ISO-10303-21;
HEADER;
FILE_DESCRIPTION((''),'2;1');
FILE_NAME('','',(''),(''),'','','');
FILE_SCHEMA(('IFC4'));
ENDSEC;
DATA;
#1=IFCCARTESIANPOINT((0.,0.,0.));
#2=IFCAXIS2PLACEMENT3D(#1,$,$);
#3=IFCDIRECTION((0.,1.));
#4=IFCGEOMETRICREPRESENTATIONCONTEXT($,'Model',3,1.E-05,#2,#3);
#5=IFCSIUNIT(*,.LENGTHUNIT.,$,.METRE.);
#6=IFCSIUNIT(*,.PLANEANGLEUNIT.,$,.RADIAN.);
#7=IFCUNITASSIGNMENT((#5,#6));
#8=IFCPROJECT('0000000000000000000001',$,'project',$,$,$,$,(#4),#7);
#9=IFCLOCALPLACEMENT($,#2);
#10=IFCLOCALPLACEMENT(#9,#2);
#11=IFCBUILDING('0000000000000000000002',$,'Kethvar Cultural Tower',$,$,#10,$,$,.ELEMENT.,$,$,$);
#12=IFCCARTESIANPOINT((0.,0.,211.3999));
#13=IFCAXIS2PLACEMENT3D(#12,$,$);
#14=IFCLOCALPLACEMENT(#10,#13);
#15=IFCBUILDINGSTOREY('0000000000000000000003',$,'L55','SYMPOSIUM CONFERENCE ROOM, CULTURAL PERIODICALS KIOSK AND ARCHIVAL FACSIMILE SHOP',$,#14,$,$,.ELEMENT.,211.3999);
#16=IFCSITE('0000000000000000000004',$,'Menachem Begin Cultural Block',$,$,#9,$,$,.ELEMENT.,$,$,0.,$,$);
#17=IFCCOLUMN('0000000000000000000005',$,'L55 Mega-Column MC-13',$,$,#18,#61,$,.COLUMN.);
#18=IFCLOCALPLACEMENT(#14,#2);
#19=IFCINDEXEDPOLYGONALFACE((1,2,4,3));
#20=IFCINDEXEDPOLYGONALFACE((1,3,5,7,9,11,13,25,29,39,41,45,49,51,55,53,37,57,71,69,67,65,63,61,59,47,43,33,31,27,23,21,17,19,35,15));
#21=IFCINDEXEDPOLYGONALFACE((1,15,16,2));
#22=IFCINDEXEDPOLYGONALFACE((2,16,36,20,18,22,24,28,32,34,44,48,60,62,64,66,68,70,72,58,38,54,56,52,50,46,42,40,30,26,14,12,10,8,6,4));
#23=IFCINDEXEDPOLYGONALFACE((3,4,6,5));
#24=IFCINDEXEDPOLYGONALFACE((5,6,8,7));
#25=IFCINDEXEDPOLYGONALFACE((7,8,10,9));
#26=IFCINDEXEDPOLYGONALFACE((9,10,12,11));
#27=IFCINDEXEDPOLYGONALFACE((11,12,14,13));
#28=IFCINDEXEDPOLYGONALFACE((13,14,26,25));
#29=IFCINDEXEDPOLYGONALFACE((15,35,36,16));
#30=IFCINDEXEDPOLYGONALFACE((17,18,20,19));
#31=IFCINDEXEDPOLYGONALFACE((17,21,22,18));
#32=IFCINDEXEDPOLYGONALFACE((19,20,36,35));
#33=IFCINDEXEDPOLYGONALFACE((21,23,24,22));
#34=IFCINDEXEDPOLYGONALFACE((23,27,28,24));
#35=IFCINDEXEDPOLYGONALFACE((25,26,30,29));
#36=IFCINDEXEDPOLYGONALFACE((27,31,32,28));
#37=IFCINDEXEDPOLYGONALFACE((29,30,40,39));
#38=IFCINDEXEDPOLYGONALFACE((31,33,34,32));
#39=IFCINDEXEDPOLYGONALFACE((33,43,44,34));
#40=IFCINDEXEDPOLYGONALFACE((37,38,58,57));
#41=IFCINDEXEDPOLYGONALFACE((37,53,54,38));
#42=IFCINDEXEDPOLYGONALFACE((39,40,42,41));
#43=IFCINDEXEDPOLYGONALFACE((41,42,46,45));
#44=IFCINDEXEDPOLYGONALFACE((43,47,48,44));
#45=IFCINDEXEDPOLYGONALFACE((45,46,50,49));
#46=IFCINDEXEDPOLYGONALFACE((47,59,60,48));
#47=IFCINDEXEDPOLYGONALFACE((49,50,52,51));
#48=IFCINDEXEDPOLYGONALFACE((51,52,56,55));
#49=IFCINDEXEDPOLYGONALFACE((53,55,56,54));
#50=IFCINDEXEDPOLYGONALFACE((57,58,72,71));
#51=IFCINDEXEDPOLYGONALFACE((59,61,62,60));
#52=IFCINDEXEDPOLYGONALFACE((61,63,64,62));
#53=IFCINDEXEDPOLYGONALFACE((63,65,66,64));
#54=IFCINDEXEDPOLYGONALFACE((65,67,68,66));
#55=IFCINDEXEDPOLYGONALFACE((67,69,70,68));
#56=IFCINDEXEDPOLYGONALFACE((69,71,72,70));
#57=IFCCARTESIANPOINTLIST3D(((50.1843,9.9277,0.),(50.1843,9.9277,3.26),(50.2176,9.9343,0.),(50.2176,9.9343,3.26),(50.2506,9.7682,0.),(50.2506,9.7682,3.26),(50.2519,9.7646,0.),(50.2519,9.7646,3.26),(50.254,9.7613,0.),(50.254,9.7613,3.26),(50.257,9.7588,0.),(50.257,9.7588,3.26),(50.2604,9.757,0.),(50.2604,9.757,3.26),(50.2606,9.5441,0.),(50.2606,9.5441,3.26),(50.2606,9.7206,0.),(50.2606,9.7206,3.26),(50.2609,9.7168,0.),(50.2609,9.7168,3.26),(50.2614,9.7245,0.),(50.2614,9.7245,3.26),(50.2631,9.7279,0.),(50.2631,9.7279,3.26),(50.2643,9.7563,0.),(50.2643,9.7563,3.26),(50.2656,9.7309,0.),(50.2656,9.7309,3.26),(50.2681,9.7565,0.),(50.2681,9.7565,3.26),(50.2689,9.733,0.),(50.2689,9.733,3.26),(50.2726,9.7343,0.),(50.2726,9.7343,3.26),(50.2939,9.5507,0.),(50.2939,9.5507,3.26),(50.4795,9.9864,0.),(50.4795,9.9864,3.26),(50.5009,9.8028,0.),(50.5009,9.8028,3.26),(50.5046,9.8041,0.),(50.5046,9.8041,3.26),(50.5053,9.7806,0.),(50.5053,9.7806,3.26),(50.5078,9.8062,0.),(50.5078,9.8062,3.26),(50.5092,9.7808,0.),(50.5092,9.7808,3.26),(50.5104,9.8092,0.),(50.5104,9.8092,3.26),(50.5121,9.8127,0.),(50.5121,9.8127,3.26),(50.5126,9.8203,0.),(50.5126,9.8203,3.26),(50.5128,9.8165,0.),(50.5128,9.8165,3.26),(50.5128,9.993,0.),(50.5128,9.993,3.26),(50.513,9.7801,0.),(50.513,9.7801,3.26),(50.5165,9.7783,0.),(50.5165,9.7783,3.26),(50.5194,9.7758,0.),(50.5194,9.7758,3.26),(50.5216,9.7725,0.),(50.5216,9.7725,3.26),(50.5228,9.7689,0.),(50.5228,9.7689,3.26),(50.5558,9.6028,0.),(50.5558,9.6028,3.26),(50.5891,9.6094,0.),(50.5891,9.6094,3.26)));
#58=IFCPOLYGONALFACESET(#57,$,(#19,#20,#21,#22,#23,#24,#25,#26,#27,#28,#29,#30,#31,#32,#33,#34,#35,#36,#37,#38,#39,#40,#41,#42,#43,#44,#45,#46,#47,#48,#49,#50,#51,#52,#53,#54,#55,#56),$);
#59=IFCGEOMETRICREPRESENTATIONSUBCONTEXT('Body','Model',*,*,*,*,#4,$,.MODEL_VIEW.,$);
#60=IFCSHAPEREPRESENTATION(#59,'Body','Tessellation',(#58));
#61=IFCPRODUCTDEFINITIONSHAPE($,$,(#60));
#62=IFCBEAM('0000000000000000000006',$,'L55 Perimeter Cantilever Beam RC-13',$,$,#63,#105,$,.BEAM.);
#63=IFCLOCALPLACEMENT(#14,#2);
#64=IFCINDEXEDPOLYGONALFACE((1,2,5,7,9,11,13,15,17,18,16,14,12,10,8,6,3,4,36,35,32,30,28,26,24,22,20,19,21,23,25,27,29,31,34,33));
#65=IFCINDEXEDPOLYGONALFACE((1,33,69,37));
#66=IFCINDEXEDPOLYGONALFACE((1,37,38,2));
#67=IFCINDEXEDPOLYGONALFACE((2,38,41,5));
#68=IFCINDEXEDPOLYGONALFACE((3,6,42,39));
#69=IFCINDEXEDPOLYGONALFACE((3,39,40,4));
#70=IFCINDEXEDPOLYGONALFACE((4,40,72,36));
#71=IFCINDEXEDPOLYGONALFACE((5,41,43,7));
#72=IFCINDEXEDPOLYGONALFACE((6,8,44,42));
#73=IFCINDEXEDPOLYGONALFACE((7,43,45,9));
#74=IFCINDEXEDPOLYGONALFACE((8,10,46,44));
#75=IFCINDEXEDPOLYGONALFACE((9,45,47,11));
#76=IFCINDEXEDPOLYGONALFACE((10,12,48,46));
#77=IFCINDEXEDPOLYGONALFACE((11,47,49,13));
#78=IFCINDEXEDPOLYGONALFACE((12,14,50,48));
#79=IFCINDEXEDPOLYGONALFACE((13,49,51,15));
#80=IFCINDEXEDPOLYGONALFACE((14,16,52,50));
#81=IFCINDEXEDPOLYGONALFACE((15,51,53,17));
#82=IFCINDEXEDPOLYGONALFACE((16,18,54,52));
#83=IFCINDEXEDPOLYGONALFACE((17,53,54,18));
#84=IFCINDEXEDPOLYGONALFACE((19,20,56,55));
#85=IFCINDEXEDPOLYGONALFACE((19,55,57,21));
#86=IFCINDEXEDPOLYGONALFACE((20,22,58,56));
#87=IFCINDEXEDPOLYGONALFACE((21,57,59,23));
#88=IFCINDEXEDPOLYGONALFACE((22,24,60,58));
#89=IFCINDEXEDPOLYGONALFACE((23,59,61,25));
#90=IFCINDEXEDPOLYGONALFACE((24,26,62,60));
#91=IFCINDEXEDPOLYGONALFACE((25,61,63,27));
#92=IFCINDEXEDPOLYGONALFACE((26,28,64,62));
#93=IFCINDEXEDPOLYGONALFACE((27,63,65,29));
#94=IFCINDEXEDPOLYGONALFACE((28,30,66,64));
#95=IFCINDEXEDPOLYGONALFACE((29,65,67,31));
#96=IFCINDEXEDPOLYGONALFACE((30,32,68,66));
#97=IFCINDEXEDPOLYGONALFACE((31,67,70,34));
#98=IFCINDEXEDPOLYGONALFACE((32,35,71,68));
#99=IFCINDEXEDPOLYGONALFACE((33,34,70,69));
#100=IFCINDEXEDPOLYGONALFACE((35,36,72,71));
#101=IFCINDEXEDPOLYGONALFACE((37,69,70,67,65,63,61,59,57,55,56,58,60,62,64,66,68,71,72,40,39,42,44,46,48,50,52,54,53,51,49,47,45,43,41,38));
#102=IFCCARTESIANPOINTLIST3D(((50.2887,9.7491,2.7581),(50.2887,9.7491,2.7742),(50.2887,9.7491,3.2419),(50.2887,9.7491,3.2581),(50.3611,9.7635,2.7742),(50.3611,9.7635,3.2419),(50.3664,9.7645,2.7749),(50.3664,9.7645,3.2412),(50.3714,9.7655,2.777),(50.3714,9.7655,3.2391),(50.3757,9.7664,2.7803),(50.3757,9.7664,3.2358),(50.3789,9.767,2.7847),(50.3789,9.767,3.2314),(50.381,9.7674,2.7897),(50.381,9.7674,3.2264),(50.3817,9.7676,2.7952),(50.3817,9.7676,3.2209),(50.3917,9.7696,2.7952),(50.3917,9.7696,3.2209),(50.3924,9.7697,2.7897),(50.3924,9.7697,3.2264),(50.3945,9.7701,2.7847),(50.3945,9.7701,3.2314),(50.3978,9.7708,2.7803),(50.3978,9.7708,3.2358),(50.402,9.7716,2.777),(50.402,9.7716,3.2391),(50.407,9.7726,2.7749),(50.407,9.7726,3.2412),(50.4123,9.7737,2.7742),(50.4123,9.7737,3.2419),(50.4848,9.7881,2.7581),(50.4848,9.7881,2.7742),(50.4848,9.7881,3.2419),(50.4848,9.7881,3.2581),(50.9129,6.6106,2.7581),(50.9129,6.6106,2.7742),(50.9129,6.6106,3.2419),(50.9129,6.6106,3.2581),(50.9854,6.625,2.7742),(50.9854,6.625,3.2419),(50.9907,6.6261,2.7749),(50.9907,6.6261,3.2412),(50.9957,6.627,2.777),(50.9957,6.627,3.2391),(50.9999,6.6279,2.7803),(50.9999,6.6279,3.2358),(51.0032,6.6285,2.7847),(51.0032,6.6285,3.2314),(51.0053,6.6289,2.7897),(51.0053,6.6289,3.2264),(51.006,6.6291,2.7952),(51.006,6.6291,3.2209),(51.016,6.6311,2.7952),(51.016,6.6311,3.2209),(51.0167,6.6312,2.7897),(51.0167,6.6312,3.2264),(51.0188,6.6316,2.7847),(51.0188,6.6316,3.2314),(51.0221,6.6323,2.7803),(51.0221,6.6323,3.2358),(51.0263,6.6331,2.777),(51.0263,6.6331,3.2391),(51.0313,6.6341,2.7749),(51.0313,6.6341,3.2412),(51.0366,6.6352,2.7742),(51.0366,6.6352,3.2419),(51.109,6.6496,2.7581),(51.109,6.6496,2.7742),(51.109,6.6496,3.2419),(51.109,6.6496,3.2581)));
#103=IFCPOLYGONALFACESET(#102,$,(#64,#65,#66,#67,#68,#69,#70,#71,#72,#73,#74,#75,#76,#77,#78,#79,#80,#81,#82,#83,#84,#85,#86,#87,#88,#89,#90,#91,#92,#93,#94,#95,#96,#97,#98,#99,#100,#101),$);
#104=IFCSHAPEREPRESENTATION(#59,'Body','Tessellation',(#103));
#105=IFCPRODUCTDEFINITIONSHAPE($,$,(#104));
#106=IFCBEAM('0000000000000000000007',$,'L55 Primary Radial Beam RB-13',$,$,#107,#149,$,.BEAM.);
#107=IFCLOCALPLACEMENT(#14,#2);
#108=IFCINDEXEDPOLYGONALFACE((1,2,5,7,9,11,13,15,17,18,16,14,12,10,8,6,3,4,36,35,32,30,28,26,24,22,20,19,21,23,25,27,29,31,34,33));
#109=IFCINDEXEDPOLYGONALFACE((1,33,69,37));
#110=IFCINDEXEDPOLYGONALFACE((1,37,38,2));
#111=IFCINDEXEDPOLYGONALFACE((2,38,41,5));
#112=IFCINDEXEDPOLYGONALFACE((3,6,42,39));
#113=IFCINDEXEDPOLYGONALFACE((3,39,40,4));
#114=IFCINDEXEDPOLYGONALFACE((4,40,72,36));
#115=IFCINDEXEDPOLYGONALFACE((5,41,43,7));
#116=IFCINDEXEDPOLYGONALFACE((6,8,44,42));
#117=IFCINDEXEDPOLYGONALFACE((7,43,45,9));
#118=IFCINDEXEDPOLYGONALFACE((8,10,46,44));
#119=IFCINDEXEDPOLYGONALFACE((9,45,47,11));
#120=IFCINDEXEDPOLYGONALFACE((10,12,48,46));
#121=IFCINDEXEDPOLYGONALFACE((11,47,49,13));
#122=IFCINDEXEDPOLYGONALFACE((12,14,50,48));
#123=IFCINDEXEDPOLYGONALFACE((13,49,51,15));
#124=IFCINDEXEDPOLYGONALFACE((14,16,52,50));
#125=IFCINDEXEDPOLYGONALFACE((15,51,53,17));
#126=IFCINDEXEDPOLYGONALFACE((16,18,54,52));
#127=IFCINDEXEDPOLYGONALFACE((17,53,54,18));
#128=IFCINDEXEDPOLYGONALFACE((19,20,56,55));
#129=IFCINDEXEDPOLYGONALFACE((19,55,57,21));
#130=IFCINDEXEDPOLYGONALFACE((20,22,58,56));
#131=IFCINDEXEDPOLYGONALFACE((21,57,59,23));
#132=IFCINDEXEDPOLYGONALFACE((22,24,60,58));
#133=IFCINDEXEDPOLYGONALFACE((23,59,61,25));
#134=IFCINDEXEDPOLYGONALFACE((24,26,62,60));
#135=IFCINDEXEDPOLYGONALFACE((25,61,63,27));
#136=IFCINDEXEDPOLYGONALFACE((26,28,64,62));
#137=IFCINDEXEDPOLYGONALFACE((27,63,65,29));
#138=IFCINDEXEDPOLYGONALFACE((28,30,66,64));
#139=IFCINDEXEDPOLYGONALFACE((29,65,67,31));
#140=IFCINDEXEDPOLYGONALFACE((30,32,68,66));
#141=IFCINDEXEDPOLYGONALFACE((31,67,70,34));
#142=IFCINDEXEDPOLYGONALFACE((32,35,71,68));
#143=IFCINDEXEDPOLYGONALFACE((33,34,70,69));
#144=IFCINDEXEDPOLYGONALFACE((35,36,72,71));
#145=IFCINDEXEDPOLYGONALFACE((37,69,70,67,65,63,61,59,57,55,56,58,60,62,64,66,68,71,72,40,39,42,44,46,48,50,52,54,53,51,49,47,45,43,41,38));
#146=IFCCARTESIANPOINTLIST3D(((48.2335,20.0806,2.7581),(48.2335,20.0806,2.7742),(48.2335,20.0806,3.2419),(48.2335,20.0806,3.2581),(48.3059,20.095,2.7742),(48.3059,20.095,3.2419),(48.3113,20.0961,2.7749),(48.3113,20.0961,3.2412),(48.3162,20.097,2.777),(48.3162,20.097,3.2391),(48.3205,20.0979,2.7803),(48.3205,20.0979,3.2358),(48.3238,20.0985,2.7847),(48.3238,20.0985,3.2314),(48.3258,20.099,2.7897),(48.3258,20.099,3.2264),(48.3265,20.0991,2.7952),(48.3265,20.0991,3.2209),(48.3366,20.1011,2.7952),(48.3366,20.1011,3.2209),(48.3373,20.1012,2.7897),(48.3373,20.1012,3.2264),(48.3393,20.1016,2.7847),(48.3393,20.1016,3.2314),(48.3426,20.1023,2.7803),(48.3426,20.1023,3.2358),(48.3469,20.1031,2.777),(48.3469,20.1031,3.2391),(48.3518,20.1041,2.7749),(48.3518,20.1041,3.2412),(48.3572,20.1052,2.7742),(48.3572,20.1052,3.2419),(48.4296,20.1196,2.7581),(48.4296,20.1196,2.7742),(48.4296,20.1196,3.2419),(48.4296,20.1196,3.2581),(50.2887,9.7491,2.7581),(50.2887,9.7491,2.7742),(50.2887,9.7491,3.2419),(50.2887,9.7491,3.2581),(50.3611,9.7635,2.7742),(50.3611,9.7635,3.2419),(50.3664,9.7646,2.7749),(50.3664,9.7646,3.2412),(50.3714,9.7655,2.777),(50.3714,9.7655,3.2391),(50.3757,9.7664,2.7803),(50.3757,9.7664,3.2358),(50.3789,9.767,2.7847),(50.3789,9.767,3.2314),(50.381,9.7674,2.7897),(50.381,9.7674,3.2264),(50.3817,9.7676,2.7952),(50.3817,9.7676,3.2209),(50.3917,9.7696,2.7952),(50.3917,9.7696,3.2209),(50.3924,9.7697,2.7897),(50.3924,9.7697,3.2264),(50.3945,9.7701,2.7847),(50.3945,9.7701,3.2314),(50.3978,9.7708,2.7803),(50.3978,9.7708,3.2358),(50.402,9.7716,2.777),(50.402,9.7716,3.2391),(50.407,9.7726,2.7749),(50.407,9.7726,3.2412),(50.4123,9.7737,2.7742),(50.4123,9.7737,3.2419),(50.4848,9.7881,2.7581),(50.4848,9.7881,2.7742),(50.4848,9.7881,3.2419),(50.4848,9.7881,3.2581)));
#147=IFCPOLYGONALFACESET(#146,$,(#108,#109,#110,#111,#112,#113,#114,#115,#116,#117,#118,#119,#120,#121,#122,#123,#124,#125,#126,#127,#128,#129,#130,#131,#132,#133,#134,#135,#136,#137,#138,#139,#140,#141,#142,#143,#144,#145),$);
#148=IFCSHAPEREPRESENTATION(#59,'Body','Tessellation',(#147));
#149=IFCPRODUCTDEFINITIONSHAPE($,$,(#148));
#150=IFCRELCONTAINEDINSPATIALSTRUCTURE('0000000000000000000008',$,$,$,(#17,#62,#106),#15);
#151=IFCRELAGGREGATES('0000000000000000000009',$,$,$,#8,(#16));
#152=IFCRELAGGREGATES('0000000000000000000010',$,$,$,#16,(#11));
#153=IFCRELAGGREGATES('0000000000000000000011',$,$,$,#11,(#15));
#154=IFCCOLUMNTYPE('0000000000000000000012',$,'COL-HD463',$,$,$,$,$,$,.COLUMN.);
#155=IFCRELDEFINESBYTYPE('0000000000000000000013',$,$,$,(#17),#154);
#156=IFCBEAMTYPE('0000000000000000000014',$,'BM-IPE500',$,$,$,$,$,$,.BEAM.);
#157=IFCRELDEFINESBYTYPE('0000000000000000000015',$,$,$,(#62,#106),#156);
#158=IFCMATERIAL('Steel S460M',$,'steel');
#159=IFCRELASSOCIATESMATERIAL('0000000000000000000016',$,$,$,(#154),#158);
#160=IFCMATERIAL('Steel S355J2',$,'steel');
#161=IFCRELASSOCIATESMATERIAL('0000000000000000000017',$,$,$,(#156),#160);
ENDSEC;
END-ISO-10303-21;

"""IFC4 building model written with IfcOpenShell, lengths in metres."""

from ifc_helpers import new_model, si_unit, direction, frame, origin, origin_2d, place, context, subcontext, project, spatial, i_section, extrude, source, transform, mapped, material, material_profile, profile_set, type_object, element, save


model = new_model("IFC4")

# Units and contexts
model_context = context("Model", 3, precision=1e-05, world=origin(), true_north=direction((0.0, 1.0)))
body_context = subcontext(model_context, "Body", "Model", "MODEL_VIEW")
ifc_project = project(units=[si_unit("LENGTHUNIT", "METRE"), si_unit("PLANEANGLEUNIT", "RADIAN")], contexts=[model_context])

# Site, building, storey
site_placement = place(None, origin())
site = spatial("IfcSite", under=ifc_project, at=site_placement, Name="Menachem Begin Cultural Block", CompositionType="ELEMENT", RefElevation=0.0)
building_placement = place(site_placement, origin())
building = spatial("IfcBuilding", under=site, at=building_placement, Name="Kethvar Cultural Tower", CompositionType="ELEMENT")
storey_placement = place(building_placement, frame((0.0, 0.0, 211.3999)))
storey = spatial("IfcBuildingStorey", under=building, at=storey_placement, Name="L55", Description="SYMPOSIUM CONFERENCE ROOM, CULTURAL PERIODICALS KIOSK AND ARCHIVAL FACSIMILE SHOP", CompositionType="ELEMENT", Elevation=211.3999)

# Column
ifc_material_1 = material(Name="Steel S460M", Category="steel")
ifc_material_profile_1 = material_profile(ifc_material_1, i_section(OverallWidth=0.3911, OverallDepth=0.335, WebThickness=0.0227, FlangeThickness=0.0339, FilletRadius=0.0149, at=origin_2d()), Name="Steel S460M — HD400x463")
ifc_profile_set_1 = profile_set([ifc_material_profile_1], Name="Steel S460M — HD400x463")
column_type = type_object("IfcColumnType", Name="COL-HD463", PredefinedType="COLUMN", material=ifc_profile_set_1)
shared_shape_1 = source(origin(), body_context, "Body", "SweptSolid", [
    extrude(i_section(OverallWidth=0.3911, OverallDepth=0.335, WebThickness=0.0227, FlangeThickness=0.0339, FilletRadius=0.0149, at=origin_2d()), origin(), (0.0, 0.0, 1.0), 3.26),
])
column_placement = place(storey_placement, frame((50.3867, 9.7686, 0.0), z_axis=(0.0, 0.0, 1.0), x_axis=(0.19509, -0.980785, 0.0)))
element("IfcColumn", 1, at=column_placement, inside=storey, type_object=column_type, Name="L55 Mega-Column MC-13", PredefinedType="COLUMN", context=body_context, shape_type="MappedRepresentation", body=[
    mapped(shared_shape_1, transform((0.0, 0.0, 0.0), scale=1.0)),
])

# Beams
ifc_material_2 = material(Name="Steel S355J2", Category="steel")
ifc_material_profile_2 = material_profile(ifc_material_2, i_section(OverallWidth=0.2, OverallDepth=0.5, WebThickness=0.0103, FlangeThickness=0.0161, FilletRadius=0.021, at=origin_2d()), Name="Steel S355J2 — IPE500")
ifc_profile_set_2 = profile_set([ifc_material_profile_2], Name="Steel S355J2 — IPE500")
beam_type_1 = type_object("IfcBeamType", Name="BM-IPE500", PredefinedType="BEAM", material=ifc_profile_set_2)
shared_shape_2 = source(origin(), body_context, "Body", "SweptSolid", [
    extrude(i_section(OverallWidth=0.2, OverallDepth=0.5, WebThickness=0.0103, FlangeThickness=0.0161, FilletRadius=0.021, at=origin_2d()), origin(), (0.0, 0.0, 1.0), 3.2),
])
beam_1_placement = place(storey_placement, frame((50.3867, 9.7686, 3.0081), z_axis=(0.195089, -0.980786, 0.0), x_axis=(0.980786, 0.195089, 0.0)))
element("IfcBeam", 2, at=beam_1_placement, inside=storey, type_object=beam_type_1, Name="L55 Perimeter Cantilever Beam RC-13", PredefinedType="BEAM", context=body_context, shape_type="MappedRepresentation", body=[
    mapped(shared_shape_2, transform((0.0, 0.0, 0.0), scale=1.0)),
])
shared_shape_3 = source(origin(), body_context, "Body", "SweptSolid", [
    extrude(i_section(OverallWidth=0.2, OverallDepth=0.5, WebThickness=0.0103, FlangeThickness=0.0161, FilletRadius=0.021, at=origin_2d()), origin(), (0.0, 0.0, 1.0), 10.5339),
])
beam_2_placement = place(storey_placement, frame((48.3315, 20.1001, 3.0081), z_axis=(0.1951, -0.980783, 0.0), x_axis=(0.980783, 0.1951, 0.0)))
element("IfcBeam", 3, at=beam_2_placement, inside=storey, type_object=beam_type_1, Name="L55 Primary Radial Beam RB-13", PredefinedType="BEAM", context=body_context, shape_type="MappedRepresentation", body=[
    mapped(shared_shape_3, transform((0.0, 0.0, 0.0), scale=1.0)),
])

save(model, "model.ifc")
